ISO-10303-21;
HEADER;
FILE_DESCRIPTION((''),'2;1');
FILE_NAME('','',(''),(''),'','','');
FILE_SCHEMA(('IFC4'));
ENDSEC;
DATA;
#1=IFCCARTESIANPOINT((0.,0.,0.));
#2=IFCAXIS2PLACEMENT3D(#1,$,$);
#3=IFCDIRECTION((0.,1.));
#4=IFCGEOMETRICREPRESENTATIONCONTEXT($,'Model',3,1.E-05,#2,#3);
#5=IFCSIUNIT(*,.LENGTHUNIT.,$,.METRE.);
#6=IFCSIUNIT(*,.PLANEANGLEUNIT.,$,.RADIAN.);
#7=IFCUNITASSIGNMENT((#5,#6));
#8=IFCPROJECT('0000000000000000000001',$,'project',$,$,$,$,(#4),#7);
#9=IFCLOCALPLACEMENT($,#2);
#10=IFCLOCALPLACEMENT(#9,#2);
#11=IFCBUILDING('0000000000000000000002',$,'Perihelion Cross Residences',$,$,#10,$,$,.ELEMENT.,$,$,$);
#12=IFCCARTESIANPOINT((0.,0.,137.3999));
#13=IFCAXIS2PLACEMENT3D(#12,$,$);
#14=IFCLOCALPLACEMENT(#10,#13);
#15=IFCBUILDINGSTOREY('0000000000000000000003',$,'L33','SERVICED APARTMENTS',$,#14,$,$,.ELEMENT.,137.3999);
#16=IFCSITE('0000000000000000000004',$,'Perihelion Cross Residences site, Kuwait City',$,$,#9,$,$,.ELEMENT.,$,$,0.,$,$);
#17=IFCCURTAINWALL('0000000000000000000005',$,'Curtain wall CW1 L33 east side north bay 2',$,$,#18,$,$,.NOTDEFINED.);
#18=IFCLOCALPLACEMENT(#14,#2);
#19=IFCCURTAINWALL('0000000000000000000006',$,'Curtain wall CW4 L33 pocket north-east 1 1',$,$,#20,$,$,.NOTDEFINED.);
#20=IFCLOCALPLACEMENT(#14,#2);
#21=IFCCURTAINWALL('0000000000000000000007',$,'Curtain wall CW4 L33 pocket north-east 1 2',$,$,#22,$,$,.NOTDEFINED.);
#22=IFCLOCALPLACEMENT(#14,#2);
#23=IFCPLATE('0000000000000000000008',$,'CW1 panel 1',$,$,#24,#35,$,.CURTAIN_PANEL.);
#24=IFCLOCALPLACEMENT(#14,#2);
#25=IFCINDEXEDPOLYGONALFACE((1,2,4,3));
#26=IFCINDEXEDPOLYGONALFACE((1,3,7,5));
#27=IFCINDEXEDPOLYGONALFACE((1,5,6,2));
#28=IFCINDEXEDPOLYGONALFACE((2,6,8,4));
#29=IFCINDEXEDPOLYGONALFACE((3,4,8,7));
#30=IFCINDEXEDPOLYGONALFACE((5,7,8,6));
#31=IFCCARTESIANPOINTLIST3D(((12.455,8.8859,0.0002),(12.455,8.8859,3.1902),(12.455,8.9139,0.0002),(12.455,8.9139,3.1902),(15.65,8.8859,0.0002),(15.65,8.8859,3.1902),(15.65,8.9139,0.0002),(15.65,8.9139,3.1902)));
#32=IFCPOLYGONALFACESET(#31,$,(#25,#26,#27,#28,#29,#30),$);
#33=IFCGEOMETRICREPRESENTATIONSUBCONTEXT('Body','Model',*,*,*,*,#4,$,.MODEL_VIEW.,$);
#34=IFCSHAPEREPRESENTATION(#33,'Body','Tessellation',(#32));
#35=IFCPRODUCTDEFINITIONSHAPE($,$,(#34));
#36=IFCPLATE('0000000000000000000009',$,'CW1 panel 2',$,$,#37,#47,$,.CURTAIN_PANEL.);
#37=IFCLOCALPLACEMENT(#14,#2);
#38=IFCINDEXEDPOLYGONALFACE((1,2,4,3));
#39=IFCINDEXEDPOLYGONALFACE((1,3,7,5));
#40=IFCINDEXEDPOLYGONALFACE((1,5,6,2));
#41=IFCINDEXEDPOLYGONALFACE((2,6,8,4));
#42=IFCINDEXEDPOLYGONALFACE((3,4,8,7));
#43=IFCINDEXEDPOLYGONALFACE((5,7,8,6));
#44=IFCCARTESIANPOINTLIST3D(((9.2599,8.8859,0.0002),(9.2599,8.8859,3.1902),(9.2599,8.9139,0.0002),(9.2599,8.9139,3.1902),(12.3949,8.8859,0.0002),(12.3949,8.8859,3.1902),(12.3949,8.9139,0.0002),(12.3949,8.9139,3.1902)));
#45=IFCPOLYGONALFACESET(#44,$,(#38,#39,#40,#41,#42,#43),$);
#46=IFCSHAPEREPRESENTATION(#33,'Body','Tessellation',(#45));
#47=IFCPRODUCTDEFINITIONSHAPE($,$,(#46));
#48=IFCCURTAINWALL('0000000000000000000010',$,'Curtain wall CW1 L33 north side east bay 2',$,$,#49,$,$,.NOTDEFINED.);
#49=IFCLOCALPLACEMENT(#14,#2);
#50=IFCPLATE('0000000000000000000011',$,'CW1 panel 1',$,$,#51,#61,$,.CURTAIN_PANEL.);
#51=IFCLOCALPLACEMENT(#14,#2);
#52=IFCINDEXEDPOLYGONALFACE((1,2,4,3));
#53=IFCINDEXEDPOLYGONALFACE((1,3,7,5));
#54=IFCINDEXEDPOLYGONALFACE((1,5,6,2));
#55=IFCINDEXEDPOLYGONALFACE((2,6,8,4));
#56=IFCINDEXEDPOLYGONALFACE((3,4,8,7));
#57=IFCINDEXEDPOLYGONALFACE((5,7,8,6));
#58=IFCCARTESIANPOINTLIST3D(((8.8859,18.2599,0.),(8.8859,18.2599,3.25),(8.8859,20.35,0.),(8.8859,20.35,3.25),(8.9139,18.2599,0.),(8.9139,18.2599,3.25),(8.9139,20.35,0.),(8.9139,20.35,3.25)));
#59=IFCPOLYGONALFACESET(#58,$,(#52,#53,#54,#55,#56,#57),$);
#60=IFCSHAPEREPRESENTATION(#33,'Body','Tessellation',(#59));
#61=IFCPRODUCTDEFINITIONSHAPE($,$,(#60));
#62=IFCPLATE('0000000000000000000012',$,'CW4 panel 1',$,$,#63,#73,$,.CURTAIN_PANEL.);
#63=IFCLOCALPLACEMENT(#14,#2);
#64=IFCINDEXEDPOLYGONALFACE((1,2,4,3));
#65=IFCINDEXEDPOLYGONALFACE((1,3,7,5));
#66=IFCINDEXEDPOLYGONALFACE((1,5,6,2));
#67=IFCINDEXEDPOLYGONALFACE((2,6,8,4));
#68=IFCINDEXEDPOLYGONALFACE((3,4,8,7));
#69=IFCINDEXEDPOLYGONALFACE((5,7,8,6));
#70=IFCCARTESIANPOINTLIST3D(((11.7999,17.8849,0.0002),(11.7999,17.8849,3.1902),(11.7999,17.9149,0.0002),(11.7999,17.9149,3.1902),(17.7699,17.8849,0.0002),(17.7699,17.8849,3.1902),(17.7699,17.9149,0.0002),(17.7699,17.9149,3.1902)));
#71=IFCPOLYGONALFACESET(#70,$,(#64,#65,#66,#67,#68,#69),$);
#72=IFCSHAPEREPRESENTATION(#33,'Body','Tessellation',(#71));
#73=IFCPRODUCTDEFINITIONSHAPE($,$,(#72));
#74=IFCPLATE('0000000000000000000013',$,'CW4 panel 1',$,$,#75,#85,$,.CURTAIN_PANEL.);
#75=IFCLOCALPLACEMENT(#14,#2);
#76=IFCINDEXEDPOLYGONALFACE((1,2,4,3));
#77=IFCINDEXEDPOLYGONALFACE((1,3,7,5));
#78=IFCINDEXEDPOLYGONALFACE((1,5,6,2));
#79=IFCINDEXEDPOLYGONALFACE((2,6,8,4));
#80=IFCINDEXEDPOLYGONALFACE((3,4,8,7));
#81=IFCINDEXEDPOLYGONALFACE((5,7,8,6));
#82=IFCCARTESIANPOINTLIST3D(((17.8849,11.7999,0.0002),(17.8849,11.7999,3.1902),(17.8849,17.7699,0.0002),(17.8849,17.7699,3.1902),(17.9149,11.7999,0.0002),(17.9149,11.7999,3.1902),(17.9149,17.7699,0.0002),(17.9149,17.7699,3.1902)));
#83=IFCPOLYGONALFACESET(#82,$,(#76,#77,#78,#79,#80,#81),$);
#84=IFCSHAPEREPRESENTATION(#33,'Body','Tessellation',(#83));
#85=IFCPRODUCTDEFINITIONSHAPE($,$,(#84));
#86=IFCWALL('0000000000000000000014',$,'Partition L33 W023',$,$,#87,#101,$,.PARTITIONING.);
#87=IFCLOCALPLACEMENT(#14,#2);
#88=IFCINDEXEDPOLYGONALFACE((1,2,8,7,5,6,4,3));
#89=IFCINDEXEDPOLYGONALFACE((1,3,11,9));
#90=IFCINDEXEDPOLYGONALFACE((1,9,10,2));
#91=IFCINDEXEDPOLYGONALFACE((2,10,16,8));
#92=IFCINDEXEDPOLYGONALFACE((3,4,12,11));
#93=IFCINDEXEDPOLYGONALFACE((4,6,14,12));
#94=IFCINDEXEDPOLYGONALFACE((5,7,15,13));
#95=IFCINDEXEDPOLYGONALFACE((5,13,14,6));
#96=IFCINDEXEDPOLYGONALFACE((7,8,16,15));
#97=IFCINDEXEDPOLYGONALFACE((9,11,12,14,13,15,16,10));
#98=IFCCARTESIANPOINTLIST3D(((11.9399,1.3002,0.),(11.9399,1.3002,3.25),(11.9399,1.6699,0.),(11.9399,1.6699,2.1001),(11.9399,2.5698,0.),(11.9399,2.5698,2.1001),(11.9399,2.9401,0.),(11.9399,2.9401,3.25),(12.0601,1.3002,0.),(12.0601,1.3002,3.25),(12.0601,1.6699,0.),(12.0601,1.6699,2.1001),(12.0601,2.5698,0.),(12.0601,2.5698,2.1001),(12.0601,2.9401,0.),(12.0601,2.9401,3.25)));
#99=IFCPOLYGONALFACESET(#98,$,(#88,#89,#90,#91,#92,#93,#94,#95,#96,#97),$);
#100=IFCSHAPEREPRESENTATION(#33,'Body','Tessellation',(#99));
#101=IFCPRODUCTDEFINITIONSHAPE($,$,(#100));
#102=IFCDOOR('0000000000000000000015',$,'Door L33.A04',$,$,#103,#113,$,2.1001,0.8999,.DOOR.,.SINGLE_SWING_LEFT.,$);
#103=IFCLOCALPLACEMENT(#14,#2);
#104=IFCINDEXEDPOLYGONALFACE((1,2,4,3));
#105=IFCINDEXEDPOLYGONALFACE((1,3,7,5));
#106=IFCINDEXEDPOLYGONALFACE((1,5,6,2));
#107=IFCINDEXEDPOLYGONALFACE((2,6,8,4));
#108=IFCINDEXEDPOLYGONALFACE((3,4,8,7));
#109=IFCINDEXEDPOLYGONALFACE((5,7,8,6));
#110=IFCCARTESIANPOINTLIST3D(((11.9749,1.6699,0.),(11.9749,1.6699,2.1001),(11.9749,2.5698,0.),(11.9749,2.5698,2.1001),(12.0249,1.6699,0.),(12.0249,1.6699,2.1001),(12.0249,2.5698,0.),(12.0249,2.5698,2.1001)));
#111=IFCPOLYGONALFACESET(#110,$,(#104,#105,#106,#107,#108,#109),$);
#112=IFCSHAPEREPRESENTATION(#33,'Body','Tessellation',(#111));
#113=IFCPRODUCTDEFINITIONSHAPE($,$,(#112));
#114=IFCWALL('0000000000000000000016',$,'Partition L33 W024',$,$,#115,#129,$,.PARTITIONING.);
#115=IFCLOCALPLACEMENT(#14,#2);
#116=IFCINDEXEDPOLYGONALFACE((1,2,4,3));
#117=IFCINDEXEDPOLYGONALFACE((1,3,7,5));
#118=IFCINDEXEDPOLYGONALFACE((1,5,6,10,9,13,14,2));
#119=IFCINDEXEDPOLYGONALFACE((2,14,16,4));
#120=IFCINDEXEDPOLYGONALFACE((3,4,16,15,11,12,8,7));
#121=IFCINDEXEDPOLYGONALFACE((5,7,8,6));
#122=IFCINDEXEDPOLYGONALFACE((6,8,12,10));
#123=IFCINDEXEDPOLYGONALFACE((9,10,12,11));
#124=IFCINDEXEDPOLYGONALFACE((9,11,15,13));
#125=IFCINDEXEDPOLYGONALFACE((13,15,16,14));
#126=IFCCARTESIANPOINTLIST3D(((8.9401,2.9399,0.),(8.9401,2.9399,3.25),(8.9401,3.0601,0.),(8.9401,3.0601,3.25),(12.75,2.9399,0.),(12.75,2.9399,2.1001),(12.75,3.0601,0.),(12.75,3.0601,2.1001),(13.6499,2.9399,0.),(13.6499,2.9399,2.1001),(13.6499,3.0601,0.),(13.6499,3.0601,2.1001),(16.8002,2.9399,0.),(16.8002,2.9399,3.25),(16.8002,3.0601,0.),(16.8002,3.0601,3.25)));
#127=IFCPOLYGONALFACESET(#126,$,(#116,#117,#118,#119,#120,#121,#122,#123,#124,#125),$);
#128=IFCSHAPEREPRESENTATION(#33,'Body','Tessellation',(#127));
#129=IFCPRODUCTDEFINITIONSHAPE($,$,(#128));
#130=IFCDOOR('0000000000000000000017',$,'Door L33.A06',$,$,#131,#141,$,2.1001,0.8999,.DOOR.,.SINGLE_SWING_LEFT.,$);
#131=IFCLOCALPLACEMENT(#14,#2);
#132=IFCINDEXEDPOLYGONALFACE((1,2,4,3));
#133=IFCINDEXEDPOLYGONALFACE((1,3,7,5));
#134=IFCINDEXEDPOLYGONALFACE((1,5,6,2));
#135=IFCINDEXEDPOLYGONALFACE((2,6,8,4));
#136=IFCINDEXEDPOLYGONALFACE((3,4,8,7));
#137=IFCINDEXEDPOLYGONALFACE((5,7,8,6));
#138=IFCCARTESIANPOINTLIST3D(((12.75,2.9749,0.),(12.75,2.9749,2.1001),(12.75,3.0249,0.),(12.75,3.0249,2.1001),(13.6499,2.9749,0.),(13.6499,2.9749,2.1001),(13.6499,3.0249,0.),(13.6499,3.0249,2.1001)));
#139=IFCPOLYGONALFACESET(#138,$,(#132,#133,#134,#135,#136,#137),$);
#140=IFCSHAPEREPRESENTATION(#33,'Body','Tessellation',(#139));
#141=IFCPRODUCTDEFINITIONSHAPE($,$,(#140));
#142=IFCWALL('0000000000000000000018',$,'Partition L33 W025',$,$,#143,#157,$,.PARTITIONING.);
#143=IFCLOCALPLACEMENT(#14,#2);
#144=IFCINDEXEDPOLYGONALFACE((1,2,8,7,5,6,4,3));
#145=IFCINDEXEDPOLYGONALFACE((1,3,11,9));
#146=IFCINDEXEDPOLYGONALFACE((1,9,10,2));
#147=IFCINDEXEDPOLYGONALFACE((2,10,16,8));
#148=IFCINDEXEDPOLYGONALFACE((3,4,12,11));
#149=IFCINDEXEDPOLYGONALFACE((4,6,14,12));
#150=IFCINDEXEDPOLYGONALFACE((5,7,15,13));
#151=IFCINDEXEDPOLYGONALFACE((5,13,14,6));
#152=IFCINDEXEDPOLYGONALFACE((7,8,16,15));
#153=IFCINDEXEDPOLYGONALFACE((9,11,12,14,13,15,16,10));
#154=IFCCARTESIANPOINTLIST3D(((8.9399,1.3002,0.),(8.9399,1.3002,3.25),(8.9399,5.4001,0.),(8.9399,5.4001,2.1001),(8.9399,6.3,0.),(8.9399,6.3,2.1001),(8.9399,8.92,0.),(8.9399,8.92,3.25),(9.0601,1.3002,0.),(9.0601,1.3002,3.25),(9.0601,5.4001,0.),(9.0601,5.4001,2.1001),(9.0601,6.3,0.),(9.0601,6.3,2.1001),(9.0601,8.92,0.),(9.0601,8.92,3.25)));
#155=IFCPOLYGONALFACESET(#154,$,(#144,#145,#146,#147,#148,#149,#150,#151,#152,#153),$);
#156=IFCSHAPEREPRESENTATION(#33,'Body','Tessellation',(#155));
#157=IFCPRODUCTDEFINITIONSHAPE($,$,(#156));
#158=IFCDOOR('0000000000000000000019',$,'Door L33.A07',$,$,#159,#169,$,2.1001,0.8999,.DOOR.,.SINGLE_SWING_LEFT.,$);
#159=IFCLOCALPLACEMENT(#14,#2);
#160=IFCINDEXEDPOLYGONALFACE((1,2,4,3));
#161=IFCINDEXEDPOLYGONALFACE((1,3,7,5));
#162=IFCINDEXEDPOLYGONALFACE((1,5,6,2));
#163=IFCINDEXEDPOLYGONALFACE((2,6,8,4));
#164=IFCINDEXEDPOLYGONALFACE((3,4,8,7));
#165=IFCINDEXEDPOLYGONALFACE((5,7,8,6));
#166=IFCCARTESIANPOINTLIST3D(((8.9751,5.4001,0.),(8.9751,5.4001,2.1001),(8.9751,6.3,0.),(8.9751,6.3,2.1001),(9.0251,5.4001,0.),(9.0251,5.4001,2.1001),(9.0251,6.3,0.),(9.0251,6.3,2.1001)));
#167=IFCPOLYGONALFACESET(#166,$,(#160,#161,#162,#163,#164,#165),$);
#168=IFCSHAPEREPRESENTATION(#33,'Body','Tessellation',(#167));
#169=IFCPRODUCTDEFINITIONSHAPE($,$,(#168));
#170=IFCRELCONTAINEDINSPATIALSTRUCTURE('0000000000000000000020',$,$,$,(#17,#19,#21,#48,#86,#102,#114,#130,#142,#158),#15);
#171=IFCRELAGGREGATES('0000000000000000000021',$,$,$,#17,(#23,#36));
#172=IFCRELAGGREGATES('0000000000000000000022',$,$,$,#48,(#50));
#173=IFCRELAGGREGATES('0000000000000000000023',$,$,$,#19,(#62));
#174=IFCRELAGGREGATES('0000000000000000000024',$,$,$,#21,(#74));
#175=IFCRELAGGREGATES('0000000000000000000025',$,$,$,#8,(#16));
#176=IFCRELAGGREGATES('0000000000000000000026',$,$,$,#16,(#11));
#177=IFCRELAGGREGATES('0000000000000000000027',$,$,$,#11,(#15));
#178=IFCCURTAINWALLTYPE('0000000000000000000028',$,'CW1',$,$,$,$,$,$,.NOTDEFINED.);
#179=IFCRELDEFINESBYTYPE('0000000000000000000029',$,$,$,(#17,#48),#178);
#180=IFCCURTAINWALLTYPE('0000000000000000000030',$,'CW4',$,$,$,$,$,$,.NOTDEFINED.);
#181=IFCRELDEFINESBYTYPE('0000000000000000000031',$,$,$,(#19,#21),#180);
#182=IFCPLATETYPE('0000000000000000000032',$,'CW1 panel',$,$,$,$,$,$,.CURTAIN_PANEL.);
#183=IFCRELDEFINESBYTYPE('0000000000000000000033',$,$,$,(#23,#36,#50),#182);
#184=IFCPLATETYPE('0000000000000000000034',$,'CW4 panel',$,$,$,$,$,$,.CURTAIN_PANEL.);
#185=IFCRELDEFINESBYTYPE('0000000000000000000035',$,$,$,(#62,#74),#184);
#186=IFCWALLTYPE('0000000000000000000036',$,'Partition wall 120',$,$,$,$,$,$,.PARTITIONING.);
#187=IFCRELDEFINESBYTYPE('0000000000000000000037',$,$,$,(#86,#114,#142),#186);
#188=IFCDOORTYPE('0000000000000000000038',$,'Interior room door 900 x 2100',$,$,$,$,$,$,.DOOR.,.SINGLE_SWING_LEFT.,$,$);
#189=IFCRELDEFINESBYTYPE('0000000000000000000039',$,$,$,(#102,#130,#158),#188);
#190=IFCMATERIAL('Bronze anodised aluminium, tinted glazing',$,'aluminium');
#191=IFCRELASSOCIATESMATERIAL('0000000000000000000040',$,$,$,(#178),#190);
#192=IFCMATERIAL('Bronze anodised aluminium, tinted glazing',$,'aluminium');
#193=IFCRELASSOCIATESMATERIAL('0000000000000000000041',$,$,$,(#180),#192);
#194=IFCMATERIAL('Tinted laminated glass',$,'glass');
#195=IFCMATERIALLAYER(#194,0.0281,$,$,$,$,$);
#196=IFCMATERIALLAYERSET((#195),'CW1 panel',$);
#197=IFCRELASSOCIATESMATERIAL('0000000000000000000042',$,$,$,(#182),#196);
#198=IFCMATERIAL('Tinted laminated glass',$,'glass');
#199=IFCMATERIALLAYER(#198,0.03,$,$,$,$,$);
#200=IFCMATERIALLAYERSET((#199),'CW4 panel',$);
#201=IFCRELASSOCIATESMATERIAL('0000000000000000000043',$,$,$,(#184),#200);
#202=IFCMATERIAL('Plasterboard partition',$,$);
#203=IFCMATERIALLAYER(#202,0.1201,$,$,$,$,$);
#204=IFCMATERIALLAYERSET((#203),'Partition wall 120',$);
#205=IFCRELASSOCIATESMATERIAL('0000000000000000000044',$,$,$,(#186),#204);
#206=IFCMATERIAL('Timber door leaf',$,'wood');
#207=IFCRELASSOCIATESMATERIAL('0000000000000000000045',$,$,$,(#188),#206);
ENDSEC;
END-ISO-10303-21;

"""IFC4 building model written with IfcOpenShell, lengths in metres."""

from ifc_helpers import new_model, si_unit, direction, frame, frame_2d, origin, origin_2d, place, context, subcontext, project, spatial, rectangle, extrude, material, layer, layer_set, type_object, element, fill, aggregate, save


model = new_model("IFC4")

# Units and contexts
model_context = context("Model", 3, precision=1e-05, world=origin(), true_north=direction((0.0, 1.0)))
body_context = subcontext(model_context, "Body", "Model", "MODEL_VIEW")
ifc_project = project(units=[si_unit("LENGTHUNIT", "METRE"), si_unit("PLANEANGLEUNIT", "RADIAN")], contexts=[model_context])

# Site, building, storey
site_placement = place(None, origin())
site = spatial("IfcSite", under=ifc_project, at=site_placement, Name="Perihelion Cross Residences site, Kuwait City", CompositionType="ELEMENT", RefElevation=0.0)
building_placement = place(site_placement, origin())
building = spatial("IfcBuilding", under=site, at=building_placement, Name="Perihelion Cross Residences", CompositionType="ELEMENT")
storey_placement = place(building_placement, frame((0.0, 0.0, 137.3999)))
storey = spatial("IfcBuildingStorey", under=building, at=storey_placement, Name="L33", Description="SERVICED APARTMENTS", CompositionType="ELEMENT", Elevation=137.3999)

# Curtain walls
ifc_material_1 = material(Name="Bronze anodised aluminium, tinted glazing", Category="aluminium")
curtain_wall_type_1 = type_object("IfcCurtainWallType", Name="CW1", PredefinedType="NOTDEFINED", material=ifc_material_1)
curtain_wall_1_placement = place(storey_placement, origin())
curtain_wall_1 = element("IfcCurtainWall", 1, at=curtain_wall_1_placement, inside=storey, type_object=curtain_wall_type_1, Name="Curtain wall CW1 L33 east side north bay 2", PredefinedType="NOTDEFINED")
ifc_material_2 = material(Name="Bronze anodised aluminium, tinted glazing", Category="aluminium")
curtain_wall_type_2 = type_object("IfcCurtainWallType", Name="CW4", PredefinedType="NOTDEFINED", material=ifc_material_2)
curtain_wall_2_placement = place(storey_placement, origin())
curtain_wall_2 = element("IfcCurtainWall", 2, at=curtain_wall_2_placement, inside=storey, type_object=curtain_wall_type_2, Name="Curtain wall CW4 L33 pocket north-east 1 1", PredefinedType="NOTDEFINED")
curtain_wall_3_placement = place(storey_placement, origin())
curtain_wall_3 = element("IfcCurtainWall", 3, at=curtain_wall_3_placement, inside=storey, type_object=curtain_wall_type_2, Name="Curtain wall CW4 L33 pocket north-east 1 2", PredefinedType="NOTDEFINED")

# Plates
ifc_material_3 = material(Name="Tinted laminated glass", Category="glass")
ifc_layer_1 = layer(ifc_material_3, 0.0281)
ifc_layer_set_1 = layer_set([ifc_layer_1], Name="CW1 panel")
plate_type_1 = type_object("IfcPlateType", Name="CW1 panel", PredefinedType="CURTAIN_PANEL", material=ifc_layer_set_1)
plate_1_placement = place(storey_placement, frame((14.0525, 8.8999, 0.0002), z_axis=(0.0, 0.0, 1.0), x_axis=(-1.0, 0.0, 0.0)))
plate_1 = element("IfcPlate", 4, at=plate_1_placement, type_object=plate_type_1, Name="CW1 panel 1", PredefinedType="CURTAIN_PANEL", context=body_context, shape_type="SweptSolid", body=[
    extrude(rectangle(XDim=3.1951, YDim=0.0281, at=origin_2d()), origin(), (0.0, 0.0, 1.0), 3.1899),
])
plate_2_placement = place(storey_placement, frame((10.8274, 8.8999, 0.0002), z_axis=(0.0, 0.0, 1.0), x_axis=(-1.0, 0.0, 0.0)))
plate_2 = element("IfcPlate", 5, at=plate_2_placement, type_object=plate_type_1, Name="CW1 panel 2", PredefinedType="CURTAIN_PANEL", context=body_context, shape_type="SweptSolid", body=[
    extrude(rectangle(XDim=3.135, YDim=0.0281, at=origin_2d()), origin(), (0.0, 0.0, 1.0), 3.1899),
])
aggregate(curtain_wall_1, [plate_1, plate_2])

# Curtain wall, plate
curtain_wall_4_placement = place(storey_placement, origin())
curtain_wall_4 = element("IfcCurtainWall", 6, at=curtain_wall_4_placement, inside=storey, type_object=curtain_wall_type_1, Name="Curtain wall CW1 L33 north side east bay 2", PredefinedType="NOTDEFINED")
plate_3_placement = place(storey_placement, frame((8.8999, 19.3049, 0.0), z_axis=(0.0, 0.0, 1.0), x_axis=(0.0, 1.0, 0.0)))
plate_3 = element("IfcPlate", 7, at=plate_3_placement, type_object=plate_type_1, Name="CW1 panel 1", PredefinedType="CURTAIN_PANEL", context=body_context, shape_type="SweptSolid", body=[
    extrude(rectangle(XDim=2.0901, YDim=0.0281, at=origin_2d()), origin(), (0.0, 0.0, 1.0), 3.25),
])
aggregate(curtain_wall_4, [plate_3])

# Plates
ifc_material_4 = material(Name="Tinted laminated glass", Category="glass")
ifc_layer_2 = layer(ifc_material_4, 0.03)
ifc_layer_set_2 = layer_set([ifc_layer_2], Name="CW4 panel")
plate_type_2 = type_object("IfcPlateType", Name="CW4 panel", PredefinedType="CURTAIN_PANEL", material=ifc_layer_set_2)
plate_4_placement = place(storey_placement, frame((14.7849, 17.8999, 0.0002), z_axis=(0.0, 0.0, 1.0), x_axis=(1.0, 0.0, 0.0)))
plate_4 = element("IfcPlate", 8, at=plate_4_placement, type_object=plate_type_2, Name="CW4 panel 1", PredefinedType="CURTAIN_PANEL", context=body_context, shape_type="SweptSolid", body=[
    extrude(rectangle(XDim=5.97, YDim=0.03, at=origin_2d()), origin(), (0.0, 0.0, 1.0), 3.1899),
])
aggregate(curtain_wall_2, [plate_4])
plate_5_placement = place(storey_placement, frame((17.8999, 14.7849, 0.0002), z_axis=(0.0, 0.0, 1.0), x_axis=(0.0, -1.0, 0.0)))
plate_5 = element("IfcPlate", 9, at=plate_5_placement, type_object=plate_type_2, Name="CW4 panel 1", PredefinedType="CURTAIN_PANEL", context=body_context, shape_type="SweptSolid", body=[
    extrude(rectangle(XDim=5.97, YDim=0.03, at=origin_2d()), origin(), (0.0, 0.0, 1.0), 3.1899),
])
aggregate(curtain_wall_3, [plate_5])

# Walls, openings, doors
ifc_material_5 = material(Name="Plasterboard partition")
ifc_layer_3 = layer(ifc_material_5, 0.1201)
ifc_layer_set_3 = layer_set([ifc_layer_3], Name="Partition wall 120")
wall_type_1 = type_object("IfcWallType", Name="Partition wall 120", PredefinedType="PARTITIONING", material=ifc_layer_set_3)
wall_1_placement = place(storey_placement, frame((12.0, 2.9399, 0.0), z_axis=(0.0, 0.0, 1.0), x_axis=(0.0, -1.0, 0.0)))
wall_1 = element("IfcWall", 10, at=wall_1_placement, inside=storey, type_object=wall_type_1, Name="Partition L33 W023", PredefinedType="PARTITIONING", context=body_context, shape_type="SweptSolid", body=[
    extrude(rectangle(XDim=1.6399, YDim=0.1201, at=frame_2d((0.8198, 0.0))), origin(), (0.0, 0.0, 1.0), 3.25),
])
opening_1_placement = place(wall_1_placement, frame((0.3701, 0.0, 0.0)))
opening_1 = element("IfcOpeningElement", 11, at=opening_1_placement, cuts=wall_1, PredefinedType="OPENING", context=body_context, shape_type="SweptSolid", body=[
    extrude(rectangle(XDim=0.8999, YDim=2.1001, at=frame_2d((0.45, 1.05))), frame((0.0, 0.0701, 0.0), z_axis=(0.0, -1.0, 0.0), x_axis=(1.0, 0.0, 0.0)), (0.0, 0.0, 1.0), 0.1401),
])
ifc_material_6 = material(Name="Timber door leaf", Category="wood")
door_type_1 = type_object("IfcDoorType", Name="Interior room door 900 x 2100", OperationType="SINGLE_SWING_LEFT", PredefinedType="DOOR", material=ifc_material_6)
door_1_placement = place(opening_1_placement, origin())
door_1 = element("IfcDoor", 12, at=door_1_placement, inside=storey, type_object=door_type_1, Name="Door L33.A04", OperationType="SINGLE_SWING_LEFT", OverallHeight=2.1001, OverallWidth=0.8999, PredefinedType="DOOR", context=body_context, shape_type="SweptSolid", body=[
    extrude(rectangle(XDim=0.8999, YDim=2.1001, at=frame_2d((0.45, 1.05))), frame((0.0, 0.0249, 0.0), z_axis=(0.0, -1.0, 0.0), x_axis=(1.0, 0.0, 0.0)), (0.0, 0.0, 1.0), 0.05),
])
fill(opening_1, door_1)
wall_2_placement = place(storey_placement, frame((8.9399, 3.0, 0.0), z_axis=(0.0, 0.0, 1.0), x_axis=(1.0, 0.0, 0.0)))
wall_2 = element("IfcWall", 13, at=wall_2_placement, inside=storey, type_object=wall_type_1, Name="Partition L33 W024", PredefinedType="PARTITIONING", context=body_context, shape_type="SweptSolid", body=[
    extrude(rectangle(XDim=7.8601, YDim=0.1201, at=frame_2d((3.9302, 0.0))), origin(), (0.0, 0.0, 1.0), 3.25),
])
opening_2_placement = place(wall_2_placement, frame((3.8101, 0.0, 0.0)))
opening_2 = element("IfcOpeningElement", 14, at=opening_2_placement, cuts=wall_2, PredefinedType="OPENING", context=body_context, shape_type="SweptSolid", body=[
    extrude(rectangle(XDim=0.8999, YDim=2.1001, at=frame_2d((0.45, 1.05))), frame((0.0, 0.0701, 0.0), z_axis=(0.0, -1.0, 0.0), x_axis=(1.0, 0.0, 0.0)), (0.0, 0.0, 1.0), 0.1401),
])
door_2_placement = place(opening_2_placement, origin())
door_2 = element("IfcDoor", 15, at=door_2_placement, inside=storey, type_object=door_type_1, Name="Door L33.A06", OperationType="SINGLE_SWING_LEFT", OverallHeight=2.1001, OverallWidth=0.8999, PredefinedType="DOOR", context=body_context, shape_type="SweptSolid", body=[
    extrude(rectangle(XDim=0.8999, YDim=2.1001, at=frame_2d((0.45, 1.05))), frame((0.0, 0.0249, 0.0), z_axis=(0.0, -1.0, 0.0), x_axis=(1.0, 0.0, 0.0)), (0.0, 0.0, 1.0), 0.05),
])
fill(opening_2, door_2)
wall_3_placement = place(storey_placement, frame((9.0, 1.3, 0.0), z_axis=(0.0, 0.0, 1.0), x_axis=(0.0, 1.0, 0.0)))
wall_3 = element("IfcWall", 16, at=wall_3_placement, inside=storey, type_object=wall_type_1, Name="Partition L33 W025", PredefinedType="PARTITIONING", context=body_context, shape_type="SweptSolid", body=[
    extrude(rectangle(XDim=7.6199, YDim=0.1201, at=frame_2d((3.8101, 0.0))), origin(), (0.0, 0.0, 1.0), 3.25),
])
opening_3_placement = place(wall_3_placement, frame((4.1001, 0.0, 0.0)))
opening_3 = element("IfcOpeningElement", 17, at=opening_3_placement, cuts=wall_3, PredefinedType="OPENING", context=body_context, shape_type="SweptSolid", body=[
    extrude(rectangle(XDim=0.8999, YDim=2.1001, at=frame_2d((0.45, 1.05))), frame((0.0, 0.0701, 0.0), z_axis=(0.0, -1.0, 0.0), x_axis=(1.0, 0.0, 0.0)), (0.0, 0.0, 1.0), 0.1401),
])
door_3_placement = place(opening_3_placement, origin())
door_3 = element("IfcDoor", 18, at=door_3_placement, inside=storey, type_object=door_type_1, Name="Door L33.A07", OperationType="SINGLE_SWING_LEFT", OverallHeight=2.1001, OverallWidth=0.8999, PredefinedType="DOOR", context=body_context, shape_type="SweptSolid", body=[
    extrude(rectangle(XDim=0.8999, YDim=2.1001, at=frame_2d((0.45, 1.05))), frame((0.0, 0.0249, 0.0), z_axis=(0.0, -1.0, 0.0), x_axis=(1.0, 0.0, 0.0)), (0.0, 0.0, 1.0), 0.05),
])
fill(opening_3, door_3)

save(model, "model.ifc")
